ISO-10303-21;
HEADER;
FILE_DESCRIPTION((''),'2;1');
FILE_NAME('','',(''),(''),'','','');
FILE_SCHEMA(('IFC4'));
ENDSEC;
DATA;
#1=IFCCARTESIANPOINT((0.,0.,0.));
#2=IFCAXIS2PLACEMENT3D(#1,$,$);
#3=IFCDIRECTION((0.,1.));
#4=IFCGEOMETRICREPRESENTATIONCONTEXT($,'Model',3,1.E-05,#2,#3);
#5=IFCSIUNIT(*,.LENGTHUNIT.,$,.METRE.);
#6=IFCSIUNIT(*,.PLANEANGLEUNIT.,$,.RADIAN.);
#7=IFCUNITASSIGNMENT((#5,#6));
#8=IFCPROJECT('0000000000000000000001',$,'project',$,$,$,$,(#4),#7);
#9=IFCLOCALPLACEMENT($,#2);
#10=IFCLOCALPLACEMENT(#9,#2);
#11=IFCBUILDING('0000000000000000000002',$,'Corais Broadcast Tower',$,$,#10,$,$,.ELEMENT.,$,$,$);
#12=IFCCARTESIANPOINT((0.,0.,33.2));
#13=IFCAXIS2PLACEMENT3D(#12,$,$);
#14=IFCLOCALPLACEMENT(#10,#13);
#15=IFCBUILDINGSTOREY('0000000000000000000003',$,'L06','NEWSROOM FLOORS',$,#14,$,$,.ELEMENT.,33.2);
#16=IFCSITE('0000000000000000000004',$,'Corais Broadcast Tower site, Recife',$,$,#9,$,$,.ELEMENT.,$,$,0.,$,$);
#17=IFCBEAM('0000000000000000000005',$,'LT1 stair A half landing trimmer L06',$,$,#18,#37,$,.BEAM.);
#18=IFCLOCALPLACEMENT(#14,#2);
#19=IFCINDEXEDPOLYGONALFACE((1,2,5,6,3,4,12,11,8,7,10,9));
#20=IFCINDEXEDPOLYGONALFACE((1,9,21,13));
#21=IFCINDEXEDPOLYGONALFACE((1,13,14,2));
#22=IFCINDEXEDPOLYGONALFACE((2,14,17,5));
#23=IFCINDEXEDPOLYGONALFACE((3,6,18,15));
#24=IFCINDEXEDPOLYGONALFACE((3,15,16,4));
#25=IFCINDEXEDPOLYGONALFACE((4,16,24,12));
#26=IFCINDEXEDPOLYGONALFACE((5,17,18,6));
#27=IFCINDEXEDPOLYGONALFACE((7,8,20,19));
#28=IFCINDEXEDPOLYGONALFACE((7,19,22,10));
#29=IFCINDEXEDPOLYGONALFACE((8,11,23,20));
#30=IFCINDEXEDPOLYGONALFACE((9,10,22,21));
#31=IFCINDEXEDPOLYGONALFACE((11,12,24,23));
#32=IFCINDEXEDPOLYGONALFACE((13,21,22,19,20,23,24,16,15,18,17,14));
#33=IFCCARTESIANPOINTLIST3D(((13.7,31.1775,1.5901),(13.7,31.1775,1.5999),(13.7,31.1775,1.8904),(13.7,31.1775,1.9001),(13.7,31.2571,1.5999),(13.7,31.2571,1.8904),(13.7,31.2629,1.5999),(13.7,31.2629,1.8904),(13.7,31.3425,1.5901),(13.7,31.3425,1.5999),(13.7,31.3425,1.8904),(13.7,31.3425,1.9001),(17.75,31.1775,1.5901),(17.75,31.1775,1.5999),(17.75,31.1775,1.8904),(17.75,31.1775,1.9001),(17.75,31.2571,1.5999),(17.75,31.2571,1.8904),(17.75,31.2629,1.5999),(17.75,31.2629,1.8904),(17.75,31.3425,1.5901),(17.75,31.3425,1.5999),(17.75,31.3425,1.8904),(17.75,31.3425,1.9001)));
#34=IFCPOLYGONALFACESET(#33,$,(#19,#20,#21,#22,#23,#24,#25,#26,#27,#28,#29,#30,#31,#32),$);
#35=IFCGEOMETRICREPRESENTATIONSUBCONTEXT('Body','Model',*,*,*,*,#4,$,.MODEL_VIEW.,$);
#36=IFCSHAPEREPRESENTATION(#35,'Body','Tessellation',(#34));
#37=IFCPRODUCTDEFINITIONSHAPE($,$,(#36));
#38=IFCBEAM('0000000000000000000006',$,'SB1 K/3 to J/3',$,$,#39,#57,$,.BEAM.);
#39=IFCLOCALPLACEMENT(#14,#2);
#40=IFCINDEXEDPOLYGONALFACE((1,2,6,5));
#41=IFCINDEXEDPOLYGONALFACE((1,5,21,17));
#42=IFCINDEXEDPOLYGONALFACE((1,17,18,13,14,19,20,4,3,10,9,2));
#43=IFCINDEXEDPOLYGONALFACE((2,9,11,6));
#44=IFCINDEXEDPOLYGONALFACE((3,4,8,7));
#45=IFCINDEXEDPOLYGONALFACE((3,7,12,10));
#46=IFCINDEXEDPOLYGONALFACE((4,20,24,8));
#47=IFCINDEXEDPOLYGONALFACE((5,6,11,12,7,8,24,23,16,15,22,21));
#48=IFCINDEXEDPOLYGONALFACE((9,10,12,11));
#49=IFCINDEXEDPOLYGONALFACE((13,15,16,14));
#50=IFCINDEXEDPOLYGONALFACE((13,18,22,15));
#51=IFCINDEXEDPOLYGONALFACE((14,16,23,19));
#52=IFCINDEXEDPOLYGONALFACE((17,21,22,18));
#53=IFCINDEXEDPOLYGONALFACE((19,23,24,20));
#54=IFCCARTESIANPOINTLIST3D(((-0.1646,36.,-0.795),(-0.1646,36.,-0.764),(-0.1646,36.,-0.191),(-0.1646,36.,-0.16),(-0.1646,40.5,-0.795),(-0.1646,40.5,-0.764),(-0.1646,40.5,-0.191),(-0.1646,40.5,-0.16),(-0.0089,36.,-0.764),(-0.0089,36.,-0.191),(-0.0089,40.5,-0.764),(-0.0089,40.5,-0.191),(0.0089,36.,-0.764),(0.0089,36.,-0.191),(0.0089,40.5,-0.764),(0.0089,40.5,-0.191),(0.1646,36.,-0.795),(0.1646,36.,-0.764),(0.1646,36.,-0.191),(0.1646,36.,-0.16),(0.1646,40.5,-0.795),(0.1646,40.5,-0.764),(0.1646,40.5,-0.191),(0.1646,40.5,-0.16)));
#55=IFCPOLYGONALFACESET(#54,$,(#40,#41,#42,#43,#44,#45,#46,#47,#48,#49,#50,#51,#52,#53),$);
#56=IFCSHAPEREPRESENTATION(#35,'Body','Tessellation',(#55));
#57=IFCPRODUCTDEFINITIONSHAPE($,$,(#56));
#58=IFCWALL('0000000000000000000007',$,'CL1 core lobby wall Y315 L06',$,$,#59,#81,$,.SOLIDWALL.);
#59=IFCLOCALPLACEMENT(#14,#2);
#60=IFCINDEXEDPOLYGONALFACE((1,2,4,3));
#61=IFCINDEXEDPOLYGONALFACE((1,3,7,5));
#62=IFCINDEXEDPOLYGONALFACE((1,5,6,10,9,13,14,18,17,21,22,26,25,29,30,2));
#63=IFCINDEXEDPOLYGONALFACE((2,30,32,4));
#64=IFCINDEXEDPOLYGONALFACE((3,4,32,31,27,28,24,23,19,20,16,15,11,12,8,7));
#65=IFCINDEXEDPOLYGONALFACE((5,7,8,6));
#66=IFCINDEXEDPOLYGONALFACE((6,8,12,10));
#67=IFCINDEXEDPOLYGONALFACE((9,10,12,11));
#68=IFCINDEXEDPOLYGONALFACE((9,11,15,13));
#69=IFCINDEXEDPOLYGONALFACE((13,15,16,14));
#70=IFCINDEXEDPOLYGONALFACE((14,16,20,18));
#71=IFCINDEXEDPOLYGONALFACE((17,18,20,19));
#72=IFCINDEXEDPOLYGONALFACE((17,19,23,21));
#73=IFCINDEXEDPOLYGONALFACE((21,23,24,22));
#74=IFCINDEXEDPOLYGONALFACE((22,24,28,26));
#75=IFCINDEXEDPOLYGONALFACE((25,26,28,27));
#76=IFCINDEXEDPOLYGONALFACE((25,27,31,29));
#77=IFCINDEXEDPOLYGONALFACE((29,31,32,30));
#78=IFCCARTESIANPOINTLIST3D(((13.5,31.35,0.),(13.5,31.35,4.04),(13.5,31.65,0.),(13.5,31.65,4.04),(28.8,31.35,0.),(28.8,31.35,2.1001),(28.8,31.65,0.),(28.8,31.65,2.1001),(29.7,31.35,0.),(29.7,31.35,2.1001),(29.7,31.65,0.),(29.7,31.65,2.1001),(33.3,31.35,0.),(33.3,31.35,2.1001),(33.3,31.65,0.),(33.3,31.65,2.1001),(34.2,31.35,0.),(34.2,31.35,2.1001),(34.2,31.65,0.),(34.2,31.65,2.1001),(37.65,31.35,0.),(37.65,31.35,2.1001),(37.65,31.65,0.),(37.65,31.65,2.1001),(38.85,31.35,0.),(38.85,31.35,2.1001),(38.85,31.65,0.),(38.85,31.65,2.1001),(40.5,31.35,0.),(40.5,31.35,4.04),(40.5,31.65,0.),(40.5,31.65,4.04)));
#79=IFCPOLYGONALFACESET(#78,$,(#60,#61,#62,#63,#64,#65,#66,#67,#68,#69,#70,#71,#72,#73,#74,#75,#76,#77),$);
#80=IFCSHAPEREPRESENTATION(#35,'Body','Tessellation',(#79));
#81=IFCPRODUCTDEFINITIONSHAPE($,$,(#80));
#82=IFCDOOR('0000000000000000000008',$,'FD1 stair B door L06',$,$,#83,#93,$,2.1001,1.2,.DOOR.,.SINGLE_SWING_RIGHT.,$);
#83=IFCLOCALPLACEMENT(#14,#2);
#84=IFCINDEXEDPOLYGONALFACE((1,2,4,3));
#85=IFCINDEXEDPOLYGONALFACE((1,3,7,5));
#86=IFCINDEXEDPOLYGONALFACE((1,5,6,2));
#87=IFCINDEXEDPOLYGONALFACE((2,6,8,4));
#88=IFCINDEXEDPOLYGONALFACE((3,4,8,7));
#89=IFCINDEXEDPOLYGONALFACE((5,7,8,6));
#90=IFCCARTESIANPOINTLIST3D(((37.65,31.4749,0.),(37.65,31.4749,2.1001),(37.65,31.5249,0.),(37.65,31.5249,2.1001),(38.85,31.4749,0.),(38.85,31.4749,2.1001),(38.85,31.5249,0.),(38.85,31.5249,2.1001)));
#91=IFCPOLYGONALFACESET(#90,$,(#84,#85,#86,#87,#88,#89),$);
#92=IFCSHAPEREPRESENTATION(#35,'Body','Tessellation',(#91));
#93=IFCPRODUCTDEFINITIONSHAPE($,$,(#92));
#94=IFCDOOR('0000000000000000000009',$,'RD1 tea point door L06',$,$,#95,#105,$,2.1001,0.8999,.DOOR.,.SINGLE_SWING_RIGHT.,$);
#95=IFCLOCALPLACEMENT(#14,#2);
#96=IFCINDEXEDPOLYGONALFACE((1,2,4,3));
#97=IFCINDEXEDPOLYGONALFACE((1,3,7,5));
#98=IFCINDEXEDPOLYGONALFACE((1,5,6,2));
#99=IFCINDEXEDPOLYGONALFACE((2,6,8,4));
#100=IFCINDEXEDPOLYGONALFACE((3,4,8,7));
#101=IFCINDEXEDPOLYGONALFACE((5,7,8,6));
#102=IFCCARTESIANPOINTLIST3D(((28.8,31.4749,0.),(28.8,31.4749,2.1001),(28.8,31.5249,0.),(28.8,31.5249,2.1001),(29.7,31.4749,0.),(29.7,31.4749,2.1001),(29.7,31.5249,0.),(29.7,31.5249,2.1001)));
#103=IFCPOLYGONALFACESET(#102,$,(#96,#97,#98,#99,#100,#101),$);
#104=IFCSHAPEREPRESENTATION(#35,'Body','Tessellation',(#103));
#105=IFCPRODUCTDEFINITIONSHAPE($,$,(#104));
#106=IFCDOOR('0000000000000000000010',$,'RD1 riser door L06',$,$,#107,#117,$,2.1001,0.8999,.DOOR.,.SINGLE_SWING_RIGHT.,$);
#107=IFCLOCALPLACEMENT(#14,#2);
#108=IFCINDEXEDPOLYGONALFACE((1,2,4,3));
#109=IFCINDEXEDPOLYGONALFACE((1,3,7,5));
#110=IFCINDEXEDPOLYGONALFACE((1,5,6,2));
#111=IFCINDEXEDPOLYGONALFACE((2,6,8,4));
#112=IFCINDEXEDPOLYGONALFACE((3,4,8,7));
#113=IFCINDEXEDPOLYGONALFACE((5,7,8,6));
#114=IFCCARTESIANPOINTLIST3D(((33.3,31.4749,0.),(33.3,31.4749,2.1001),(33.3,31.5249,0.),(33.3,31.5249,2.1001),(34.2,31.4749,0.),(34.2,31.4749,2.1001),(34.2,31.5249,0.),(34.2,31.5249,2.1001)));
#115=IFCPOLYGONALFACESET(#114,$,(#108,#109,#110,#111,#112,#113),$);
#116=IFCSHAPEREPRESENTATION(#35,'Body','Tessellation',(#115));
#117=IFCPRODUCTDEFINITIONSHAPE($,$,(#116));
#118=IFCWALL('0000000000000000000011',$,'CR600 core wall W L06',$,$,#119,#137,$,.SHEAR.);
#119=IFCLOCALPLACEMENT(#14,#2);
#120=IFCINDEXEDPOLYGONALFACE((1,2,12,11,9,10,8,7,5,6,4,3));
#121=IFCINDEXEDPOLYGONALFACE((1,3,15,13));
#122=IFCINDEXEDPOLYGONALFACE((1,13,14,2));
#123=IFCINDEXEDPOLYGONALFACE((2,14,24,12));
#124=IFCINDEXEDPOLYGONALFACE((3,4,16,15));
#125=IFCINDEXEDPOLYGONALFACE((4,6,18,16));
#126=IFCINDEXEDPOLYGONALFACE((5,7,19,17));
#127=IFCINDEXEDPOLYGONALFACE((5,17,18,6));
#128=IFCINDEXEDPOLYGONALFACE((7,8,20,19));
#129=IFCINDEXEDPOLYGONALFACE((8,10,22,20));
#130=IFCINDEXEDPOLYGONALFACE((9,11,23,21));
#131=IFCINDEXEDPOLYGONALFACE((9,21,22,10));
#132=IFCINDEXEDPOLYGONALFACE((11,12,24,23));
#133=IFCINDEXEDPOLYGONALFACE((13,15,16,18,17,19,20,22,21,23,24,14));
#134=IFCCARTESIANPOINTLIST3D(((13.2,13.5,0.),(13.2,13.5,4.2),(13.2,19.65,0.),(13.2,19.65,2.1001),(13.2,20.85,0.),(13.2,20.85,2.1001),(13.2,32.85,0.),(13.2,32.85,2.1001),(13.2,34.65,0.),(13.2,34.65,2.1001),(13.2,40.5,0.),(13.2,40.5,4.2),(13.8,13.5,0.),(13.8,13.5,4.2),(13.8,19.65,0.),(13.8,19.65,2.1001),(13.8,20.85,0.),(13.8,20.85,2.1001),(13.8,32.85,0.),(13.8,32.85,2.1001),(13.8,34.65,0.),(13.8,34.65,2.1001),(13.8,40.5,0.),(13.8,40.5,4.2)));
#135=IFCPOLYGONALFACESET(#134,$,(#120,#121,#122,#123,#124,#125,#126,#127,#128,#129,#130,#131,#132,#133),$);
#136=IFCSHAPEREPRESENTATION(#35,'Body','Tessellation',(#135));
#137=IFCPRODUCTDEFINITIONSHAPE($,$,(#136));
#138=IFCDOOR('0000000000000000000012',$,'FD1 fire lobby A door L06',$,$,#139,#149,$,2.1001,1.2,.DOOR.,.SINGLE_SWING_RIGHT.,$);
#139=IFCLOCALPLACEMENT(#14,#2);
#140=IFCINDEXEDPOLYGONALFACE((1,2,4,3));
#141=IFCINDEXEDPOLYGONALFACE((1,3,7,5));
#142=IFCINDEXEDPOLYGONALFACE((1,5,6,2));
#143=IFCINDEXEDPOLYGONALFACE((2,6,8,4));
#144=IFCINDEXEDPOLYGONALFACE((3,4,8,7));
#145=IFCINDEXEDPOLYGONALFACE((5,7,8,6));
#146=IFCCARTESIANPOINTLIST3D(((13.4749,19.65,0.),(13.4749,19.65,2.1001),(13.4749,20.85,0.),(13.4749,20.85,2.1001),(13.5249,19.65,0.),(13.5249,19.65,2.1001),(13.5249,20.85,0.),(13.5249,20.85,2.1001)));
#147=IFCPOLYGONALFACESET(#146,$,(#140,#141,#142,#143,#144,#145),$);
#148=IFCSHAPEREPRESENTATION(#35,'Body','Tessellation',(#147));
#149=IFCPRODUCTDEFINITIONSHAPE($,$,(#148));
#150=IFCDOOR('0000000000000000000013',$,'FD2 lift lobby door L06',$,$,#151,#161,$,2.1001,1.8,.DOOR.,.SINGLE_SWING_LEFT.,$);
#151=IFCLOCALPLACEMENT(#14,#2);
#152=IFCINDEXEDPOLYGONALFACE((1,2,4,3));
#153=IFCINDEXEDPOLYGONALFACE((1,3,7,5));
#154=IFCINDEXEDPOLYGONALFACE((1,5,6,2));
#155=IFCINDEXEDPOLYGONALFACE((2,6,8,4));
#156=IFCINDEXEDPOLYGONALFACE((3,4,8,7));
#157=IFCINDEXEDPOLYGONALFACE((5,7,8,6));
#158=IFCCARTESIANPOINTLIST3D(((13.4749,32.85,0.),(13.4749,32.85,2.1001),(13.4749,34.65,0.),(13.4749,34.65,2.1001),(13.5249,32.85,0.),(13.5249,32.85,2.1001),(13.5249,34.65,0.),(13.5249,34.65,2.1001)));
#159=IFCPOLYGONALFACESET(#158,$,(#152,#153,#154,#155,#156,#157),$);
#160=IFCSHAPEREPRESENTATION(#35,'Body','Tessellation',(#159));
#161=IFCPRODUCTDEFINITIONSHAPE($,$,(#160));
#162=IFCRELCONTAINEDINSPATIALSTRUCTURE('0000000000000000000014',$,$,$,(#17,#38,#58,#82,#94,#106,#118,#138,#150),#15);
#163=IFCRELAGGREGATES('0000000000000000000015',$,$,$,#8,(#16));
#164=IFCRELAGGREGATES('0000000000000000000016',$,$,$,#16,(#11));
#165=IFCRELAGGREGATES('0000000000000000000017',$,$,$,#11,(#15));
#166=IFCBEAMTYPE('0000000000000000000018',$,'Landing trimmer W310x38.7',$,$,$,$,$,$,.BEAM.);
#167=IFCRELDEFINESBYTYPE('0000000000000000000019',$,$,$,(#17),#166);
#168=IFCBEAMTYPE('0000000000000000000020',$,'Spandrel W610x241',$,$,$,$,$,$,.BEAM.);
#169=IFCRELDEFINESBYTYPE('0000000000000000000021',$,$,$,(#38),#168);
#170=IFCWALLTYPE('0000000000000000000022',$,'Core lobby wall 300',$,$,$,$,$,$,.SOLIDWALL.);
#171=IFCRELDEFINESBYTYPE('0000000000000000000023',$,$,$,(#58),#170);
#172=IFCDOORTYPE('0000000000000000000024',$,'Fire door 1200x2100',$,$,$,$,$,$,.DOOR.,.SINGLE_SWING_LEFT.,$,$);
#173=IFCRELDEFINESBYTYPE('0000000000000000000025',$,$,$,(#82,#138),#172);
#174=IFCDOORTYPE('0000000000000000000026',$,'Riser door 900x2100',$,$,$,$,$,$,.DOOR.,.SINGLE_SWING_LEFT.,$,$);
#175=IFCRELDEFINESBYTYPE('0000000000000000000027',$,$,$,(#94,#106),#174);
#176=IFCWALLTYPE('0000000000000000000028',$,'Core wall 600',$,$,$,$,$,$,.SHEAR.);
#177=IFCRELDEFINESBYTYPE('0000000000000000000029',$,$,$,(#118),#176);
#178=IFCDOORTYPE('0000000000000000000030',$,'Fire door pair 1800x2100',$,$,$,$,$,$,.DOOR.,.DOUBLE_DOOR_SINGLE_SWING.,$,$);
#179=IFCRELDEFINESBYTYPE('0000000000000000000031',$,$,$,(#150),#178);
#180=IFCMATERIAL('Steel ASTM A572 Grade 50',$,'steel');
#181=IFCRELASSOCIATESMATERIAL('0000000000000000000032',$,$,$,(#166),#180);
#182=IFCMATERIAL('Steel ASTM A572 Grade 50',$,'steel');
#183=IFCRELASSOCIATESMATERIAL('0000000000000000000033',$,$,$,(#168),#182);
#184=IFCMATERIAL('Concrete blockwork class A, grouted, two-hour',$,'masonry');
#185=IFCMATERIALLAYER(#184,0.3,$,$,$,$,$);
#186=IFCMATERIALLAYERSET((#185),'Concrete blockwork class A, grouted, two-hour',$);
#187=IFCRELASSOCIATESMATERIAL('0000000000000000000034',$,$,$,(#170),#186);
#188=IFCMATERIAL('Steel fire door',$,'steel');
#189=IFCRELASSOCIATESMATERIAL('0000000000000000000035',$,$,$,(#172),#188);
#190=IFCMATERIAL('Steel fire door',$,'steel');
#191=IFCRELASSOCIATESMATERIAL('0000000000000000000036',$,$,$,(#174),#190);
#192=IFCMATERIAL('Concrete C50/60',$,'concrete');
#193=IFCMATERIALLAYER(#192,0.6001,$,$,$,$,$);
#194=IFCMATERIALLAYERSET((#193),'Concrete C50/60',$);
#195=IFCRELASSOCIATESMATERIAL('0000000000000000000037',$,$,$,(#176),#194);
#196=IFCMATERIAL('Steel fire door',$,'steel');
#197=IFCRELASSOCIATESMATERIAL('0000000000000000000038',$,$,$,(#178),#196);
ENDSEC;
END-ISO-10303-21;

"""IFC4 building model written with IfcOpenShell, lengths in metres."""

from ifc_helpers import new_model, si_unit, direction, frame, frame_2d, origin, origin_2d, place, context, subcontext, project, spatial, rectangle, i_section, extrude, material, layer, layer_set, material_profile, profile_set, type_object, element, fill, save


model = new_model("IFC4")

# Units and contexts
model_context = context("Model", 3, precision=1e-05, world=origin(), true_north=direction((0.0, 1.0)))
body_context = subcontext(model_context, "Body", "Model", "MODEL_VIEW")
ifc_project = project(units=[si_unit("LENGTHUNIT", "METRE"), si_unit("PLANEANGLEUNIT", "RADIAN")], contexts=[model_context])

# Site, building, storey
site_placement = place(None, origin())
site = spatial("IfcSite", under=ifc_project, at=site_placement, Name="Corais Broadcast Tower site, Recife", CompositionType="ELEMENT", RefElevation=0.0)
building_placement = place(site_placement, origin())
building = spatial("IfcBuilding", under=site, at=building_placement, Name="Corais Broadcast Tower", CompositionType="ELEMENT")
storey_placement = place(building_placement, frame((0.0, 0.0, 33.2)))
storey = spatial("IfcBuildingStorey", under=building, at=storey_placement, Name="L06", Description="NEWSROOM FLOORS", CompositionType="ELEMENT", Elevation=33.2)

# Beams
ifc_material_1 = material(Name="Steel ASTM A572 Grade 50", Category="steel")
ifc_material_profile_1 = material_profile(ifc_material_1, i_section(OverallWidth=0.165, OverallDepth=0.3101, WebThickness=0.0059, FlangeThickness=0.0098, at=origin_2d()), Name="W310x38.7")
ifc_profile_set_1 = profile_set([ifc_material_profile_1], Name="Steel ASTM A572 Grade 50")
beam_type_1 = type_object("IfcBeamType", Name="Landing trimmer W310x38.7", PredefinedType="BEAM", material=ifc_profile_set_1)
beam_1_placement = place(storey_placement, frame((13.7, 31.26, 1.7451), z_axis=(1.0, 0.0, 0.0), x_axis=(0.0, 1.0, 0.0)))
element("IfcBeam", 1, at=beam_1_placement, inside=storey, type_object=beam_type_1, Name="LT1 stair A half landing trimmer L06", PredefinedType="BEAM", context=body_context, shape_type="SweptSolid", body=[
    extrude(i_section(OverallWidth=0.165, OverallDepth=0.3101, WebThickness=0.0059, FlangeThickness=0.0098, at=origin_2d()), origin(), (0.0, 0.0, 1.0), 4.05),
])
ifc_material_2 = material(Name="Steel ASTM A572 Grade 50", Category="steel")
ifc_material_profile_2 = material_profile(ifc_material_2, i_section(OverallWidth=0.3291, OverallDepth=0.635, WebThickness=0.0178, FlangeThickness=0.031, at=origin_2d()), Name="W610x241")
ifc_profile_set_2 = profile_set([ifc_material_profile_2], Name="Steel ASTM A572 Grade 50")
beam_type_2 = type_object("IfcBeamType", Name="Spandrel W610x241", PredefinedType="BEAM", material=ifc_profile_set_2)
beam_2_placement = place(storey_placement, frame((0.0, 40.5, -0.4775), z_axis=(0.0, -1.0, 0.0), x_axis=(1.0, 0.0, 0.0)))
element("IfcBeam", 2, at=beam_2_placement, inside=storey, type_object=beam_type_2, Name="SB1 K/3 to J/3", PredefinedType="BEAM", context=body_context, shape_type="SweptSolid", body=[
    extrude(i_section(OverallWidth=0.3291, OverallDepth=0.635, WebThickness=0.0178, FlangeThickness=0.031, at=origin_2d()), origin(), (0.0, 0.0, 1.0), 4.5),
])

# Walls, openings, doors
ifc_material_3 = material(Name="Concrete blockwork class A, grouted, two-hour", Category="masonry")
ifc_layer_1 = layer(ifc_material_3, 0.3)
ifc_layer_set_1 = layer_set([ifc_layer_1], Name="Concrete blockwork class A, grouted, two-hour")
wall_type_1 = type_object("IfcWallType", Name="Core lobby wall 300", PredefinedType="SOLIDWALL", material=ifc_layer_set_1)
wall_1_placement = place(storey_placement, frame((13.5, 31.5, 0.0), z_axis=(0.0, 0.0, 1.0), x_axis=(1.0, 0.0, 0.0)))
wall_1 = element("IfcWall", 3, at=wall_1_placement, inside=storey, type_object=wall_type_1, Name="CL1 core lobby wall Y315 L06", PredefinedType="SOLIDWALL", context=body_context, shape_type="SweptSolid", body=[
    extrude(rectangle(XDim=27.0, YDim=0.3, at=frame_2d((13.5, 0.0))), origin(), (0.0, 0.0, 1.0), 4.04),
])
opening_1_placement = place(wall_1_placement, frame((24.1499, 0.0, 0.0)))
opening_1 = element("IfcOpeningElement", 4, at=opening_1_placement, cuts=wall_1, PredefinedType="OPENING", context=body_context, shape_type="SweptSolid", body=[
    extrude(rectangle(XDim=1.2, YDim=2.1001, at=frame_2d((0.6001, 1.05))), frame((0.0, 0.1599, 0.0), z_axis=(0.0, -1.0, 0.0), x_axis=(1.0, 0.0, 0.0)), (0.0, 0.0, 1.0), 0.3201),
])
opening_2_placement = place(wall_1_placement, frame((15.3, 0.0, 0.0)))
opening_2 = element("IfcOpeningElement", 5, at=opening_2_placement, cuts=wall_1, PredefinedType="OPENING", context=body_context, shape_type="SweptSolid", body=[
    extrude(rectangle(XDim=0.8999, YDim=2.1001, at=frame_2d((0.45, 1.05))), frame((0.0, 0.1599, 0.0), z_axis=(0.0, -1.0, 0.0), x_axis=(1.0, 0.0, 0.0)), (0.0, 0.0, 1.0), 0.3201),
])
opening_3_placement = place(wall_1_placement, frame((19.8, 0.0, 0.0)))
opening_3 = element("IfcOpeningElement", 6, at=opening_3_placement, cuts=wall_1, PredefinedType="OPENING", context=body_context, shape_type="SweptSolid", body=[
    extrude(rectangle(XDim=0.8999, YDim=2.1001, at=frame_2d((0.45, 1.05))), frame((0.0, 0.1599, 0.0), z_axis=(0.0, -1.0, 0.0), x_axis=(1.0, 0.0, 0.0)), (0.0, 0.0, 1.0), 0.3201),
])
ifc_material_4 = material(Name="Steel fire door", Category="steel")
door_type_1 = type_object("IfcDoorType", Name="Fire door 1200x2100", OperationType="SINGLE_SWING_LEFT", PredefinedType="DOOR", material=ifc_material_4)
door_1_placement = place(opening_1_placement, origin())
door_1 = element("IfcDoor", 7, at=door_1_placement, inside=storey, type_object=door_type_1, Name="FD1 stair B door L06", OperationType="SINGLE_SWING_RIGHT", OverallHeight=2.1001, OverallWidth=1.2, PredefinedType="DOOR", context=body_context, shape_type="SweptSolid", body=[
    extrude(rectangle(XDim=1.2, YDim=2.1001, at=frame_2d((0.6001, 1.05))), frame((0.0, 0.0249, 0.0), z_axis=(0.0, -1.0, 0.0), x_axis=(1.0, 0.0, 0.0)), (0.0, 0.0, 1.0), 0.05),
])
fill(opening_1, door_1)
ifc_material_5 = material(Name="Steel fire door", Category="steel")
door_type_2 = type_object("IfcDoorType", Name="Riser door 900x2100", OperationType="SINGLE_SWING_LEFT", PredefinedType="DOOR", material=ifc_material_5)
door_2_placement = place(opening_2_placement, origin())
door_2 = element("IfcDoor", 8, at=door_2_placement, inside=storey, type_object=door_type_2, Name="RD1 tea point door L06", OperationType="SINGLE_SWING_RIGHT", OverallHeight=2.1001, OverallWidth=0.8999, PredefinedType="DOOR", context=body_context, shape_type="SweptSolid", body=[
    extrude(rectangle(XDim=0.8999, YDim=2.1001, at=frame_2d((0.45, 1.05))), frame((0.0, 0.0249, 0.0), z_axis=(0.0, -1.0, 0.0), x_axis=(1.0, 0.0, 0.0)), (0.0, 0.0, 1.0), 0.05),
])
fill(opening_2, door_2)
door_3_placement = place(opening_3_placement, origin())
door_3 = element("IfcDoor", 9, at=door_3_placement, inside=storey, type_object=door_type_2, Name="RD1 riser door L06", OperationType="SINGLE_SWING_RIGHT", OverallHeight=2.1001, OverallWidth=0.8999, PredefinedType="DOOR", context=body_context, shape_type="SweptSolid", body=[
    extrude(rectangle(XDim=0.8999, YDim=2.1001, at=frame_2d((0.45, 1.05))), frame((0.0, 0.0249, 0.0), z_axis=(0.0, -1.0, 0.0), x_axis=(1.0, 0.0, 0.0)), (0.0, 0.0, 1.0), 0.05),
])
fill(opening_3, door_3)
ifc_material_6 = material(Name="Concrete C50/60", Category="concrete")
ifc_layer_2 = layer(ifc_material_6, 0.6001)
ifc_layer_set_2 = layer_set([ifc_layer_2], Name="Concrete C50/60")
wall_type_2 = type_object("IfcWallType", Name="Core wall 600", PredefinedType="SHEAR", material=ifc_layer_set_2)
wall_2_placement = place(storey_placement, frame((13.5, 40.5, 0.0), z_axis=(0.0, 0.0, 1.0), x_axis=(0.0, -1.0, 0.0)))
wall_2 = element("IfcWall", 10, at=wall_2_placement, inside=storey, type_object=wall_type_2, Name="CR600 core wall W L06", PredefinedType="SHEAR", context=body_context, shape_type="SweptSolid", body=[
    extrude(rectangle(XDim=27.0, YDim=0.6001, at=frame_2d((13.5, 0.0))), origin(), (0.0, 0.0, 1.0), 4.2),
])
opening_4_placement = place(wall_2_placement, frame((19.6499, 0.0, 0.0)))
opening_4 = element("IfcOpeningElement", 11, at=opening_4_placement, cuts=wall_2, PredefinedType="OPENING", context=body_context, shape_type="SweptSolid", body=[
    extrude(rectangle(XDim=1.2, YDim=2.1001, at=frame_2d((0.6001, 1.05))), frame((0.0, 0.3101, 0.0), z_axis=(0.0, -1.0, 0.0), x_axis=(1.0, 0.0, 0.0)), (0.0, 0.0, 1.0), 0.6201),
])
opening_5_placement = place(wall_2_placement, frame((5.8501, 0.0, 0.0)))
opening_5 = element("IfcOpeningElement", 12, at=opening_5_placement, cuts=wall_2, PredefinedType="OPENING", context=body_context, shape_type="SweptSolid", body=[
    extrude(rectangle(XDim=1.8, YDim=2.1001, at=frame_2d((0.8999, 1.05))), frame((0.0, 0.3101, 0.0), z_axis=(0.0, -1.0, 0.0), x_axis=(1.0, 0.0, 0.0)), (0.0, 0.0, 1.0), 0.6201),
])
door_4_placement = place(opening_4_placement, origin())
door_4 = element("IfcDoor", 13, at=door_4_placement, inside=storey, type_object=door_type_1, Name="FD1 fire lobby A door L06", OperationType="SINGLE_SWING_RIGHT", OverallHeight=2.1001, OverallWidth=1.2, PredefinedType="DOOR", context=body_context, shape_type="SweptSolid", body=[
    extrude(rectangle(XDim=1.2, YDim=2.1001, at=frame_2d((0.6001, 1.05))), frame((0.0, 0.0249, 0.0), z_axis=(0.0, -1.0, 0.0), x_axis=(1.0, 0.0, 0.0)), (0.0, 0.0, 1.0), 0.05),
])
fill(opening_4, door_4)
ifc_material_7 = material(Name="Steel fire door", Category="steel")
door_type_3 = type_object("IfcDoorType", Name="Fire door pair 1800x2100", OperationType="DOUBLE_DOOR_SINGLE_SWING", PredefinedType="DOOR", material=ifc_material_7)
door_5_placement = place(opening_5_placement, origin())
door_5 = element("IfcDoor", 14, at=door_5_placement, inside=storey, type_object=door_type_3, Name="FD2 lift lobby door L06", OperationType="SINGLE_SWING_LEFT", OverallHeight=2.1001, OverallWidth=1.8, PredefinedType="DOOR", context=body_context, shape_type="SweptSolid", body=[
    extrude(rectangle(XDim=1.8, YDim=2.1001, at=frame_2d((0.8999, 1.05))), frame((0.0, 0.0249, 0.0), z_axis=(0.0, -1.0, 0.0), x_axis=(1.0, 0.0, 0.0)), (0.0, 0.0, 1.0), 0.05),
])
fill(opening_5, door_5)

save(model, "model.ifc")
